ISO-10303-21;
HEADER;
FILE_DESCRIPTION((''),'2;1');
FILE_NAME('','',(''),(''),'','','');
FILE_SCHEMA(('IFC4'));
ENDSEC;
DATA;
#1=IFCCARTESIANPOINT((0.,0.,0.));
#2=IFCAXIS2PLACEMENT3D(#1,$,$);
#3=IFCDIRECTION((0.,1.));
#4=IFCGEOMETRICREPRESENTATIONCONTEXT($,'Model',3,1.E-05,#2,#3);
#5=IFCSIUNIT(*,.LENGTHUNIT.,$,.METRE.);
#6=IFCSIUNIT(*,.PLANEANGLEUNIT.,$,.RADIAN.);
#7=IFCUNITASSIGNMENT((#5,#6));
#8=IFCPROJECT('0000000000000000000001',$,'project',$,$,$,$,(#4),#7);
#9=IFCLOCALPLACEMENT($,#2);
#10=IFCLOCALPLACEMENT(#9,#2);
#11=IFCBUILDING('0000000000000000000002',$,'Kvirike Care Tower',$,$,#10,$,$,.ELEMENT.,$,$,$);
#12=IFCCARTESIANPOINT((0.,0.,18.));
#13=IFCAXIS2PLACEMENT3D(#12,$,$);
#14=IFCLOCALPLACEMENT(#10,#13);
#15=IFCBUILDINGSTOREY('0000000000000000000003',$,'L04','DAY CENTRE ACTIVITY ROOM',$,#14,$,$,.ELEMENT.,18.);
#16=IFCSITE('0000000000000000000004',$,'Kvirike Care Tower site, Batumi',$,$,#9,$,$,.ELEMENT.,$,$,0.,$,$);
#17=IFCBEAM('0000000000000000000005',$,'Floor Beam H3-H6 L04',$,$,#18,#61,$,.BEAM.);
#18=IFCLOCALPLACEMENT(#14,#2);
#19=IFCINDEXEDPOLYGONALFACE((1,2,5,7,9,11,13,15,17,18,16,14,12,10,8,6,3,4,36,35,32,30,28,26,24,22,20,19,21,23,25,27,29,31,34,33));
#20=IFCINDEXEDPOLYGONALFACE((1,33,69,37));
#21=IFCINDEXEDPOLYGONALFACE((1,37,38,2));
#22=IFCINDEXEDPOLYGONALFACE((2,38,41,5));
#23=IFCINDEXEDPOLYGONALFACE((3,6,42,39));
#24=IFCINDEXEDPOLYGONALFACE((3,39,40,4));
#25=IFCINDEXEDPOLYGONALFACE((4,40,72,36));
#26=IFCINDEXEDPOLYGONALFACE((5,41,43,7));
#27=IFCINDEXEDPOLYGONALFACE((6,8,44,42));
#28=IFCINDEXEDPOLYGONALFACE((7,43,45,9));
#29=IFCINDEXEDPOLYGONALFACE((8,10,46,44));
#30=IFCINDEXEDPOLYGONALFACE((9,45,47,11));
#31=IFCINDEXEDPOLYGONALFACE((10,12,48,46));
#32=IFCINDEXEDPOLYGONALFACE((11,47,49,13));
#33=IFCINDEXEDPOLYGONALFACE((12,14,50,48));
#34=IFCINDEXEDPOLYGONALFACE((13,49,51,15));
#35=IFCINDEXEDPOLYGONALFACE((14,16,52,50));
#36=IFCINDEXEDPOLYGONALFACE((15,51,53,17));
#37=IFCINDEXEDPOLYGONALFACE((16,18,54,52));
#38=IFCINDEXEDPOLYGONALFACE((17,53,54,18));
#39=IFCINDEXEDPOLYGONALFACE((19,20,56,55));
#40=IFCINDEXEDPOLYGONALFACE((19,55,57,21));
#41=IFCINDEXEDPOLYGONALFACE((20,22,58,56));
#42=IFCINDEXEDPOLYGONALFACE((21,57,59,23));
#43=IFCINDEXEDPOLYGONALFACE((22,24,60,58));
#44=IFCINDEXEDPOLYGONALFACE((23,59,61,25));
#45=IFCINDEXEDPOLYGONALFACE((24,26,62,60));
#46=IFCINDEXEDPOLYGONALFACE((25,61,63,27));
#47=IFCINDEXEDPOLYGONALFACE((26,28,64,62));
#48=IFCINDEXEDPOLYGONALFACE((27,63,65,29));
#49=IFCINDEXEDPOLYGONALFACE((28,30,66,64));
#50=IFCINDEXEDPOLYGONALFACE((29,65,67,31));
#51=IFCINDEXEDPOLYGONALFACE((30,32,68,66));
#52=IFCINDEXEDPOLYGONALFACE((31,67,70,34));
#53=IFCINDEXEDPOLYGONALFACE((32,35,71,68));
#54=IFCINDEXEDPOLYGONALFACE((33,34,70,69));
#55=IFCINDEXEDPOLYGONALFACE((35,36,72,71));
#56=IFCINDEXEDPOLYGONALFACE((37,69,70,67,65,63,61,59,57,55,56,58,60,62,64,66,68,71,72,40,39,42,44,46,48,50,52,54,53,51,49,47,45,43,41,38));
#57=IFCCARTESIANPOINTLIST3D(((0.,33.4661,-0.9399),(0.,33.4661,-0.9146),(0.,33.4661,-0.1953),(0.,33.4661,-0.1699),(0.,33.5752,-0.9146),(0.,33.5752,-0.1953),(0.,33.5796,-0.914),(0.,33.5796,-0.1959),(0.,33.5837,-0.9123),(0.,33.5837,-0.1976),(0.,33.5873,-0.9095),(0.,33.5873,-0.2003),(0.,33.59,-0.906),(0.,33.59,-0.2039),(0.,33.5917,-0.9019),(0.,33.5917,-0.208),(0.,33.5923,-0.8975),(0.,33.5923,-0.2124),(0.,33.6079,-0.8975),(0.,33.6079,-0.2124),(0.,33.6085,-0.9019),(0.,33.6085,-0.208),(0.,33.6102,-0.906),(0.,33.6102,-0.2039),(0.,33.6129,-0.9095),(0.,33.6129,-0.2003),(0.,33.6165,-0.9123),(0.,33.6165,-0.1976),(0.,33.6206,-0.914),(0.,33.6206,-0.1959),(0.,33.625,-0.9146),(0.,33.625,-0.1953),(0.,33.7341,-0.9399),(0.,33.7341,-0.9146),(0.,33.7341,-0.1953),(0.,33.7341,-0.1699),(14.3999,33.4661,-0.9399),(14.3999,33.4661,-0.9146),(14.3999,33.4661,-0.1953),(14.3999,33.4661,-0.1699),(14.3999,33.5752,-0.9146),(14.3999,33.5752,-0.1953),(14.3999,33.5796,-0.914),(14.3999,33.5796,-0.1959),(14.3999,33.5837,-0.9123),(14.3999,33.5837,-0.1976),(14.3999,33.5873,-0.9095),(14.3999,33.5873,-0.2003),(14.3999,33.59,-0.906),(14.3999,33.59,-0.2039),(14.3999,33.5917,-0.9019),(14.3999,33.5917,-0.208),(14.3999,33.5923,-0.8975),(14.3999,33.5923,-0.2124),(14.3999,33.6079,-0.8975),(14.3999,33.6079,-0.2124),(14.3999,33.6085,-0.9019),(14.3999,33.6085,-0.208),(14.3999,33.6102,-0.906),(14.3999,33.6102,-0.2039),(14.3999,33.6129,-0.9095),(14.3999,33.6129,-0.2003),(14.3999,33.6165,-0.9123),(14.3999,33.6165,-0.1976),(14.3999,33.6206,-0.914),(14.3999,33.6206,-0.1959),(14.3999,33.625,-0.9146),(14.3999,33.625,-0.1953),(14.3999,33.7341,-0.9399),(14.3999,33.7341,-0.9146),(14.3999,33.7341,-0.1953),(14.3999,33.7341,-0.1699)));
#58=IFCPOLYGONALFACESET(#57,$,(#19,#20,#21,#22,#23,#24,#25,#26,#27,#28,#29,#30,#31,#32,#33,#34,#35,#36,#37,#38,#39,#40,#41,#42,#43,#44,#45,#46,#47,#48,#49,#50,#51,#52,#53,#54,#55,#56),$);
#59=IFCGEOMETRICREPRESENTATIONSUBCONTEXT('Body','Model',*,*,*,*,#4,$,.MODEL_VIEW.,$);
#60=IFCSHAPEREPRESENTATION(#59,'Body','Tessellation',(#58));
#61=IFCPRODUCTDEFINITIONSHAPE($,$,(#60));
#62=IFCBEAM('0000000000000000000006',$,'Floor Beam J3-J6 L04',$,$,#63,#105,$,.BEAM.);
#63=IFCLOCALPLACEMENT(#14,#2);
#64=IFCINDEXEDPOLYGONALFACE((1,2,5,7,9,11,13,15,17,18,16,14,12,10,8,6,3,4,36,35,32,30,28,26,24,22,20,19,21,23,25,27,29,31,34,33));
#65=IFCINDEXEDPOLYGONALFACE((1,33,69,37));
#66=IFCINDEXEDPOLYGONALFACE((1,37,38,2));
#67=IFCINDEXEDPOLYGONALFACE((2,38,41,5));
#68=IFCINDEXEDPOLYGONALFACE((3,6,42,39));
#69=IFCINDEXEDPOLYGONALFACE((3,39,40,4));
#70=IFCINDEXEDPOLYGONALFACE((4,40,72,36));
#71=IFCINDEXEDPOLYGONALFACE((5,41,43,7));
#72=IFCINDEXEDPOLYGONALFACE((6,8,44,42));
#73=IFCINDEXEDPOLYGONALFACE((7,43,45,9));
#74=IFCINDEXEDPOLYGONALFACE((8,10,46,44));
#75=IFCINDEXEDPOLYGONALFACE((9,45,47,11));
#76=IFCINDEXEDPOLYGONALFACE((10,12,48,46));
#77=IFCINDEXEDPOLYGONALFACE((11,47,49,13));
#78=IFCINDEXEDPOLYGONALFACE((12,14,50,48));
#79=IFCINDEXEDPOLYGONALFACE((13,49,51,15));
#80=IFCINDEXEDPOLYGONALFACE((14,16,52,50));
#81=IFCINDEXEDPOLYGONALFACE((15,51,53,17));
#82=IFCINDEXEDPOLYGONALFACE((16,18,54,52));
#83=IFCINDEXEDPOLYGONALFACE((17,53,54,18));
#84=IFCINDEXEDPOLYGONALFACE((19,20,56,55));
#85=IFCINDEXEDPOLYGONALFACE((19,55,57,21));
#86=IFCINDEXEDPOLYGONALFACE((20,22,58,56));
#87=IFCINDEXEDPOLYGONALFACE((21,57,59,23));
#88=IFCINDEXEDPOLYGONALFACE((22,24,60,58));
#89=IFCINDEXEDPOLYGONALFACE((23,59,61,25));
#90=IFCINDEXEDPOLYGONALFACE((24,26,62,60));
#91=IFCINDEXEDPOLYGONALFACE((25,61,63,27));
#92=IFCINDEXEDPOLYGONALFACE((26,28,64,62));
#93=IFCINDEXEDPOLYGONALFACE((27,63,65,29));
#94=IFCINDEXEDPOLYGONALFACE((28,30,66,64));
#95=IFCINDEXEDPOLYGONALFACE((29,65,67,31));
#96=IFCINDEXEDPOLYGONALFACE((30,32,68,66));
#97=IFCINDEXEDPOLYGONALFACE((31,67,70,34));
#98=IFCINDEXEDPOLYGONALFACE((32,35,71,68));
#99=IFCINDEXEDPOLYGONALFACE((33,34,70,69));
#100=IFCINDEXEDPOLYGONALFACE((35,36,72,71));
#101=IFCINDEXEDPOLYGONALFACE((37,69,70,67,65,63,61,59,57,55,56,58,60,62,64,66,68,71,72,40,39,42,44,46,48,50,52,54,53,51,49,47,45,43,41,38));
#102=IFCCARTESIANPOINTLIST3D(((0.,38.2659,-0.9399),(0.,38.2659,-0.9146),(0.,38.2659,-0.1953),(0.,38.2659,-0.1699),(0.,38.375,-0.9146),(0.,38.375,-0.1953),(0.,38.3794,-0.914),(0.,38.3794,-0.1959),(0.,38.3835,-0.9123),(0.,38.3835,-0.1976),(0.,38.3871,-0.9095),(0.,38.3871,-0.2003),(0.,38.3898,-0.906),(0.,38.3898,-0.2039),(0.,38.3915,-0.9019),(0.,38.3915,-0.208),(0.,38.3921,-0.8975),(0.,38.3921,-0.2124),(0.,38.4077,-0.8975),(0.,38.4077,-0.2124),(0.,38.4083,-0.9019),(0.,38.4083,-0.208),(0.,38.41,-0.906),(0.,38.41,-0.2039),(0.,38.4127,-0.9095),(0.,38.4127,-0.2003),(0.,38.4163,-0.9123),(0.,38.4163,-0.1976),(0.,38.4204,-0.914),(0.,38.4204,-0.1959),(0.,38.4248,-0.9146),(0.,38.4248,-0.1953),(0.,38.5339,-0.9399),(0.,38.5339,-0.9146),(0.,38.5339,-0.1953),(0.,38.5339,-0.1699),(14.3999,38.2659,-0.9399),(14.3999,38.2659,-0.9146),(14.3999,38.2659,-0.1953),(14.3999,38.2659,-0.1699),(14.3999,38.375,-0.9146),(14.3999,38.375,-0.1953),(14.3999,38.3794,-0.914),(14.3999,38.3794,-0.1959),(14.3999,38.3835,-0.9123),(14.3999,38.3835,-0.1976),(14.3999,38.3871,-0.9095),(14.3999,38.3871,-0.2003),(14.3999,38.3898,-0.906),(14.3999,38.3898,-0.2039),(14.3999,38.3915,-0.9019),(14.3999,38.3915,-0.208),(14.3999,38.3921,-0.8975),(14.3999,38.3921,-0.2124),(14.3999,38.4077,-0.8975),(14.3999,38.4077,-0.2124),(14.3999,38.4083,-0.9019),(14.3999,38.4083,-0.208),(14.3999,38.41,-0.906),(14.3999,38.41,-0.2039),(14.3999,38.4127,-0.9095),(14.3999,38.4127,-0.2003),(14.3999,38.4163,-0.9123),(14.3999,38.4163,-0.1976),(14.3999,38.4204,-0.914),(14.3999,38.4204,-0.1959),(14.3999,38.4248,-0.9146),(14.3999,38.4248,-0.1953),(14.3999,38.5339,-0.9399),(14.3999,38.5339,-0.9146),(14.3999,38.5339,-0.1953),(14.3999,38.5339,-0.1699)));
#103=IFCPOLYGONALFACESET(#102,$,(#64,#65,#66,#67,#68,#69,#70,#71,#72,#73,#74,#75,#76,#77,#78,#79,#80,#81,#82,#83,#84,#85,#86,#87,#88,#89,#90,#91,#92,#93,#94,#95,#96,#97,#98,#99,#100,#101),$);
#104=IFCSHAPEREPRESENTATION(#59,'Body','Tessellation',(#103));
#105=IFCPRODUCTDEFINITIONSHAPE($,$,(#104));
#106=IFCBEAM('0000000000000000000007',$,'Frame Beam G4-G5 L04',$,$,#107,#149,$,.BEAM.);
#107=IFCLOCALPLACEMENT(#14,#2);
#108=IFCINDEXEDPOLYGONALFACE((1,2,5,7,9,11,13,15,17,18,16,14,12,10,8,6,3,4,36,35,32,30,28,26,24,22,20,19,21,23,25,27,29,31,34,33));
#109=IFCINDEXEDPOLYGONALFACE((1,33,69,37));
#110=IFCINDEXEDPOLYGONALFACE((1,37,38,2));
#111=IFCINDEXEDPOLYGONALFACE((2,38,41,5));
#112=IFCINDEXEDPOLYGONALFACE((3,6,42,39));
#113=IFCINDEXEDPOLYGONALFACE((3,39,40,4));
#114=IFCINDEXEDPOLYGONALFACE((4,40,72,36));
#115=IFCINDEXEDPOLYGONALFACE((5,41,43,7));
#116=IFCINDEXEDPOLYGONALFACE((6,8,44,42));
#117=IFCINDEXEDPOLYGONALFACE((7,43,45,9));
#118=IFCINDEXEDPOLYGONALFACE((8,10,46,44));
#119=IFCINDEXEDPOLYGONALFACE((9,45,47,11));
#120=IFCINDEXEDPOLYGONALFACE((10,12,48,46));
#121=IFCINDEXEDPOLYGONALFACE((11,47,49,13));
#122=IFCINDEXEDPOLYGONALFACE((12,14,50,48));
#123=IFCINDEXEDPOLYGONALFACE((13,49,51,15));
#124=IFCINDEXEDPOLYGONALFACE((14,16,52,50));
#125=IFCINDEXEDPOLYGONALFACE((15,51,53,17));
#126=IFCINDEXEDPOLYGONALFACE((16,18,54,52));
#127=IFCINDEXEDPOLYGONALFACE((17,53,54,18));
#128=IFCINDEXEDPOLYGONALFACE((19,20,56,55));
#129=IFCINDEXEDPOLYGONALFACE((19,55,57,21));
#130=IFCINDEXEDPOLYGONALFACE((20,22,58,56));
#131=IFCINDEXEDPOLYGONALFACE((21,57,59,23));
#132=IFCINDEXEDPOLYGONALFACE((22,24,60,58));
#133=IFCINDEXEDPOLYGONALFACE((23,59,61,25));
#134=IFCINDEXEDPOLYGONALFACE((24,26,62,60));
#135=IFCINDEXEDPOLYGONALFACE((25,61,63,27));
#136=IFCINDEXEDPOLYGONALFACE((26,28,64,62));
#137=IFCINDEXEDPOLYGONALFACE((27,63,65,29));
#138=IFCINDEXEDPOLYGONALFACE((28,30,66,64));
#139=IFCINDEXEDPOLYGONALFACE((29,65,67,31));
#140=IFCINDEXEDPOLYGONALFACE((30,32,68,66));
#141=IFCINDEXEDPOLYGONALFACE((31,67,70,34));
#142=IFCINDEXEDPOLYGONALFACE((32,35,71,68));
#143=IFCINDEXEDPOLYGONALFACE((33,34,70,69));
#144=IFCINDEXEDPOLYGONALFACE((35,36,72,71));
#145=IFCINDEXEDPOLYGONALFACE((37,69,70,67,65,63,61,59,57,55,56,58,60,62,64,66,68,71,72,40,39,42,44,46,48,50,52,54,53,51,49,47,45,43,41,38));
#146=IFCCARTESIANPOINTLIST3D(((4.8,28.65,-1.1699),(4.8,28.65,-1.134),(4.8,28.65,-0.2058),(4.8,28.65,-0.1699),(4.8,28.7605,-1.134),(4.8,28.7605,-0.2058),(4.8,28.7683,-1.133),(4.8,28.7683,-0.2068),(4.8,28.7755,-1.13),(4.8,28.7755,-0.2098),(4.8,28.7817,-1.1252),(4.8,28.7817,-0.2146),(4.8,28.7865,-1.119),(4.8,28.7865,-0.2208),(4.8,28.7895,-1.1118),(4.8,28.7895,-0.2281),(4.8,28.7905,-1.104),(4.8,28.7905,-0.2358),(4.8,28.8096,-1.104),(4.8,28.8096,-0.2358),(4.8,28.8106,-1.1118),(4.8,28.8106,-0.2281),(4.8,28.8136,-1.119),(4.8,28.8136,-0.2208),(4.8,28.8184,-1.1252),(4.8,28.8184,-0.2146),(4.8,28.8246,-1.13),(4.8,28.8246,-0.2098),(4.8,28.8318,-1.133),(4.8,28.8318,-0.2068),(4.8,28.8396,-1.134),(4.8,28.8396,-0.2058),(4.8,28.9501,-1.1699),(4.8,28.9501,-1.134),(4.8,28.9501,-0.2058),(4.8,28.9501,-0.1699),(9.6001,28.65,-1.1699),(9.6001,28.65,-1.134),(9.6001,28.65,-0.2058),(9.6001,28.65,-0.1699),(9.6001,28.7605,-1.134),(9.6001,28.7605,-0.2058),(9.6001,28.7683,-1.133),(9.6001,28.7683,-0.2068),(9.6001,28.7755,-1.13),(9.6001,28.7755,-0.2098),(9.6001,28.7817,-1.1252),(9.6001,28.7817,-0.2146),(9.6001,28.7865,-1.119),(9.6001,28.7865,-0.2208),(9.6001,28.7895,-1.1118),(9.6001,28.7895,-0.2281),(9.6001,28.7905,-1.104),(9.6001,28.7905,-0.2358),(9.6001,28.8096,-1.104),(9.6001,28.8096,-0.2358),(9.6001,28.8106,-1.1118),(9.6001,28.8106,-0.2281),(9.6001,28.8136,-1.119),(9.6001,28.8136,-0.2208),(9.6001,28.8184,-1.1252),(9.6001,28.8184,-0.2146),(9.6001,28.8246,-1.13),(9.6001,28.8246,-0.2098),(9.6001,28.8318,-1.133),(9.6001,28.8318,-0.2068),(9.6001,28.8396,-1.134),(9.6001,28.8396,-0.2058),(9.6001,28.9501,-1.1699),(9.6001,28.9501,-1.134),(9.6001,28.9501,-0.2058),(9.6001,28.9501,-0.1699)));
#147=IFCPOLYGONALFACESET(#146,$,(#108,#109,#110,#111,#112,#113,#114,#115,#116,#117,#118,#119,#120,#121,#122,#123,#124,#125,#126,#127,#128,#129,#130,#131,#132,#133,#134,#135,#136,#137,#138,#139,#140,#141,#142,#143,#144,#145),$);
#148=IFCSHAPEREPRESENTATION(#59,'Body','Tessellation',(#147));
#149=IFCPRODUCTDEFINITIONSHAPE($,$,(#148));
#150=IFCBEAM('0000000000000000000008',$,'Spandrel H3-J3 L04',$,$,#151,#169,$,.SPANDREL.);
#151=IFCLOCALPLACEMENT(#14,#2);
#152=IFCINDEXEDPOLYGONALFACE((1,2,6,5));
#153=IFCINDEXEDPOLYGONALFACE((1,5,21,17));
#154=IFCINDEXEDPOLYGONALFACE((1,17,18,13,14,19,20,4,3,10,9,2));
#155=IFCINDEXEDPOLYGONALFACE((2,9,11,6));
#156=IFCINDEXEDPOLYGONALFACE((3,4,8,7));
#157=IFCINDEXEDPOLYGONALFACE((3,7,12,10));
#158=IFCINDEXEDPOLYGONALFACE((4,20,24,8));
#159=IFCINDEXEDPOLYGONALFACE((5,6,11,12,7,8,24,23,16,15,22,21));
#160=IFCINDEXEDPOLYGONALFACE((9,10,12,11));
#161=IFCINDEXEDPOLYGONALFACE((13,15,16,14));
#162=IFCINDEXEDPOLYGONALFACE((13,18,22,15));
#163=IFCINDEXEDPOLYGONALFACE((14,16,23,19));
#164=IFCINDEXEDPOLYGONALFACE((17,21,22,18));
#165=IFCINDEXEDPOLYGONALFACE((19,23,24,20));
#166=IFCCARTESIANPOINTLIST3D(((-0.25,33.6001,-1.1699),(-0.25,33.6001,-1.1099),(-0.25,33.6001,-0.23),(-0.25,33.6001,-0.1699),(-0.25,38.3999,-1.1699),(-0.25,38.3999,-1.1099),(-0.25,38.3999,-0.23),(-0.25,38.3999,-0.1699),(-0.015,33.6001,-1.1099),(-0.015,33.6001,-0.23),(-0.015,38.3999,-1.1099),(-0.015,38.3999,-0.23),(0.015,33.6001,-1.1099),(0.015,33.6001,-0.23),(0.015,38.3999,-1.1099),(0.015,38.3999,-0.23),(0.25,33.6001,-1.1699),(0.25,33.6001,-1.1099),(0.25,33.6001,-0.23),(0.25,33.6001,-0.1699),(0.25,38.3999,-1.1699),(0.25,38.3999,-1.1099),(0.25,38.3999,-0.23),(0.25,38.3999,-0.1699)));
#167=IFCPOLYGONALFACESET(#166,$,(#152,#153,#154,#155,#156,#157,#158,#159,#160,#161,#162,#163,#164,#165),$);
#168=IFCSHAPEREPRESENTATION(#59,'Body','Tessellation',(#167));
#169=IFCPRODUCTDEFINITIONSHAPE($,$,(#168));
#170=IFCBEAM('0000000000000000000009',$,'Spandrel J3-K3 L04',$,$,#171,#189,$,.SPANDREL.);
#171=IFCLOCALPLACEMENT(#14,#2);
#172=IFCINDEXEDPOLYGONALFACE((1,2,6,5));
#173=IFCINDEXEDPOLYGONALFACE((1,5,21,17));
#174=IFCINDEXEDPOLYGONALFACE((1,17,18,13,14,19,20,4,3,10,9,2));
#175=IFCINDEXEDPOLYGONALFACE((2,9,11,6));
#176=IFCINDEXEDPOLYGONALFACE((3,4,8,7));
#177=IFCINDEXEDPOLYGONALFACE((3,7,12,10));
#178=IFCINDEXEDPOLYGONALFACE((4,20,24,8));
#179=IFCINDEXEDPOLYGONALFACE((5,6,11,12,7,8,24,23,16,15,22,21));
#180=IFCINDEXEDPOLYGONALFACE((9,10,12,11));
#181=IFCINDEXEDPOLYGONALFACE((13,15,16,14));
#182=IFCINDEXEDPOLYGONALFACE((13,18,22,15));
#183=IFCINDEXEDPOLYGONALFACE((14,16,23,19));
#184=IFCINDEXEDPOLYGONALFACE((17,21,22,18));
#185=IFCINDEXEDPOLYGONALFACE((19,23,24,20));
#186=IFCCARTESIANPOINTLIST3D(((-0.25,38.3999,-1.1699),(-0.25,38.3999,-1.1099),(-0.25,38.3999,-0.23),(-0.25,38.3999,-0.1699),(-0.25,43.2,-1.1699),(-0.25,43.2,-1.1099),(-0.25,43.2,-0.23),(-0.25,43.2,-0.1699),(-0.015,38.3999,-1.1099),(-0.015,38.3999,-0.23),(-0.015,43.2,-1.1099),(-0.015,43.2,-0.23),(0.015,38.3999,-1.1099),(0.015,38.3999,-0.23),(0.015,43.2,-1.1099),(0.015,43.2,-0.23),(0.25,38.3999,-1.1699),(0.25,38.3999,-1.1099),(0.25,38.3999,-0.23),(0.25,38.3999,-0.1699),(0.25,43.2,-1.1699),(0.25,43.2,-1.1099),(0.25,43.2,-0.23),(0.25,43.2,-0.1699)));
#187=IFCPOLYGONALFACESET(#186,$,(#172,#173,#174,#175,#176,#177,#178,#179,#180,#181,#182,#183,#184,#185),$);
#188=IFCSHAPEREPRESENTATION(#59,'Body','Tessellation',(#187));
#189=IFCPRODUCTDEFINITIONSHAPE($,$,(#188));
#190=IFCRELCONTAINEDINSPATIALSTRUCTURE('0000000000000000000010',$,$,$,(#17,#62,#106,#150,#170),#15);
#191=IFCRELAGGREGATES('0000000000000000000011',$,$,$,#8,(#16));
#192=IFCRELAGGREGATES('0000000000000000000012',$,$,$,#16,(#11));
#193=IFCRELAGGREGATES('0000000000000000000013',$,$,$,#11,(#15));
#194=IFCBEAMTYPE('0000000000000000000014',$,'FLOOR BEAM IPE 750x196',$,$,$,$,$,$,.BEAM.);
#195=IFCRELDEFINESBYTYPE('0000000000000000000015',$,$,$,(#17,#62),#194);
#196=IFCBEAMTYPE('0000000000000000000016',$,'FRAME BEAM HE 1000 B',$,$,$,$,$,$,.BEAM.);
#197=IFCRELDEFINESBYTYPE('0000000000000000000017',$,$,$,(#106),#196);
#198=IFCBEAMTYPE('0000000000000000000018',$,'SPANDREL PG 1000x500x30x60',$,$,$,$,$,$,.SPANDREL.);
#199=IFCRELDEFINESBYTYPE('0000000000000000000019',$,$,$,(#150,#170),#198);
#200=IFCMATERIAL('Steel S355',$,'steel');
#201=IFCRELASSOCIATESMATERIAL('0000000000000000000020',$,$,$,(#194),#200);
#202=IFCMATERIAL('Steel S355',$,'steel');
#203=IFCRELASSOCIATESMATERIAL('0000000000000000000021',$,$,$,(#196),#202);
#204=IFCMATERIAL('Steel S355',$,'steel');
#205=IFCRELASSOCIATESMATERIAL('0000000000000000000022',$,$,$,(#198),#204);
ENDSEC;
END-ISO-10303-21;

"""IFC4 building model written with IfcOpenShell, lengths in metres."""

from ifc_helpers import new_model, si_unit, direction, frame, origin, origin_2d, place, context, subcontext, project, spatial, i_section, extrude, material, material_profile, profile_set, type_object, element, save


model = new_model("IFC4")

# Units and contexts
model_context = context("Model", 3, precision=1e-05, world=origin(), true_north=direction((0.0, 1.0)))
body_context = subcontext(model_context, "Body", "Model", "MODEL_VIEW")
ifc_project = project(units=[si_unit("LENGTHUNIT", "METRE"), si_unit("PLANEANGLEUNIT", "RADIAN")], contexts=[model_context])

# Site, building, storey
site_placement = place(None, origin())
site = spatial("IfcSite", under=ifc_project, at=site_placement, Name="Kvirike Care Tower site, Batumi", CompositionType="ELEMENT", RefElevation=0.0)
building_placement = place(site_placement, origin())
building = spatial("IfcBuilding", under=site, at=building_placement, Name="Kvirike Care Tower", CompositionType="ELEMENT")
storey_placement = place(building_placement, frame((0.0, 0.0, 18.0)))
storey = spatial("IfcBuildingStorey", under=building, at=storey_placement, Name="L04", Description="DAY CENTRE ACTIVITY ROOM", CompositionType="ELEMENT", Elevation=18.0)

# Beams
ifc_material_1 = material(Name="Steel S355", Category="steel")
ifc_material_profile_1 = material_profile(ifc_material_1, i_section(OverallWidth=0.2681, OverallDepth=0.77, WebThickness=0.0156, FlangeThickness=0.0254, FilletRadius=0.0171, at=origin_2d()), Name="IPE 750x196")
ifc_profile_set_1 = profile_set([ifc_material_profile_1], Name="Steel S355")
beam_type_1 = type_object("IfcBeamType", Name="FLOOR BEAM IPE 750x196", PredefinedType="BEAM", material=ifc_profile_set_1)
for number, where, z_axis, x_axis, name in (
    (1, (0.0, 33.6001, -0.5549), (1.0, 0.0, 0.0), (0.0, 1.0, 0.0), "Floor Beam H3-H6 L04"),
    (2, (0.0, 38.3999, -0.5549), (1.0, 0.0, 0.0), (0.0, 1.0, 0.0), "Floor Beam J3-J6 L04"),
):
    element("IfcBeam", number, at=place(storey_placement, frame(where, z_axis=z_axis, x_axis=x_axis)), inside=storey, type_object=beam_type_1, Name=name, PredefinedType="BEAM", context=body_context, shape_type="SweptSolid", body=[
        extrude(i_section(OverallWidth=0.2681, OverallDepth=0.77, WebThickness=0.0156, FlangeThickness=0.0254, FilletRadius=0.0171, at=origin_2d()), origin(), (0.0, 0.0, 1.0), 14.3999),
    ])
ifc_material_2 = material(Name="Steel S355", Category="steel")
ifc_material_profile_2 = material_profile(ifc_material_2, i_section(OverallWidth=0.3, OverallDepth=1.0, WebThickness=0.019, FlangeThickness=0.0359, FilletRadius=0.03, at=origin_2d()), Name="HE 1000 B")
ifc_profile_set_2 = profile_set([ifc_material_profile_2], Name="Steel S355")
beam_type_2 = type_object("IfcBeamType", Name="FRAME BEAM HE 1000 B", PredefinedType="BEAM", material=ifc_profile_set_2)
beam_1_placement = place(storey_placement, frame((4.8, 28.8, -0.6699), z_axis=(1.0, 0.0, 0.0), x_axis=(0.0, 1.0, 0.0)))
element("IfcBeam", 3, at=beam_1_placement, inside=storey, type_object=beam_type_2, Name="Frame Beam G4-G5 L04", PredefinedType="BEAM", context=body_context, shape_type="SweptSolid", body=[
    extrude(i_section(OverallWidth=0.3, OverallDepth=1.0, WebThickness=0.019, FlangeThickness=0.0359, FilletRadius=0.03, at=origin_2d()), origin(), (0.0, 0.0, 1.0), 4.8),
])
ifc_material_3 = material(Name="Steel S355", Category="steel")
ifc_material_profile_3 = material_profile(ifc_material_3, i_section(OverallWidth=0.5, OverallDepth=1.0, WebThickness=0.03, FlangeThickness=0.0601, at=origin_2d()), Name="PG 1000x500x30x60")
ifc_profile_set_3 = profile_set([ifc_material_profile_3], Name="Steel S355")
beam_type_3 = type_object("IfcBeamType", Name="SPANDREL PG 1000x500x30x60", PredefinedType="SPANDREL", material=ifc_profile_set_3)
beam_2_placement = place(storey_placement, frame((0.0, 33.6001, -0.6699), z_axis=(0.0, 1.0, 0.0), x_axis=(-1.0, 0.0, 0.0)))
element("IfcBeam", 4, at=beam_2_placement, inside=storey, type_object=beam_type_3, Name="Spandrel H3-J3 L04", PredefinedType="SPANDREL", context=body_context, shape_type="SweptSolid", body=[
    extrude(i_section(OverallWidth=0.5, OverallDepth=1.0, WebThickness=0.03, FlangeThickness=0.0601, at=origin_2d()), origin(), (0.0, 0.0, 1.0), 4.7998),
])
beam_3_placement = place(storey_placement, frame((0.0, 38.3999, -0.6699), z_axis=(0.0, 1.0, 0.0), x_axis=(-1.0, 0.0, 0.0)))
element("IfcBeam", 5, at=beam_3_placement, inside=storey, type_object=beam_type_3, Name="Spandrel J3-K3 L04", PredefinedType="SPANDREL", context=body_context, shape_type="SweptSolid", body=[
    extrude(i_section(OverallWidth=0.5, OverallDepth=1.0, WebThickness=0.03, FlangeThickness=0.0601, at=origin_2d()), origin(), (0.0, 0.0, 1.0), 4.8),
])

save(model, "model.ifc")
